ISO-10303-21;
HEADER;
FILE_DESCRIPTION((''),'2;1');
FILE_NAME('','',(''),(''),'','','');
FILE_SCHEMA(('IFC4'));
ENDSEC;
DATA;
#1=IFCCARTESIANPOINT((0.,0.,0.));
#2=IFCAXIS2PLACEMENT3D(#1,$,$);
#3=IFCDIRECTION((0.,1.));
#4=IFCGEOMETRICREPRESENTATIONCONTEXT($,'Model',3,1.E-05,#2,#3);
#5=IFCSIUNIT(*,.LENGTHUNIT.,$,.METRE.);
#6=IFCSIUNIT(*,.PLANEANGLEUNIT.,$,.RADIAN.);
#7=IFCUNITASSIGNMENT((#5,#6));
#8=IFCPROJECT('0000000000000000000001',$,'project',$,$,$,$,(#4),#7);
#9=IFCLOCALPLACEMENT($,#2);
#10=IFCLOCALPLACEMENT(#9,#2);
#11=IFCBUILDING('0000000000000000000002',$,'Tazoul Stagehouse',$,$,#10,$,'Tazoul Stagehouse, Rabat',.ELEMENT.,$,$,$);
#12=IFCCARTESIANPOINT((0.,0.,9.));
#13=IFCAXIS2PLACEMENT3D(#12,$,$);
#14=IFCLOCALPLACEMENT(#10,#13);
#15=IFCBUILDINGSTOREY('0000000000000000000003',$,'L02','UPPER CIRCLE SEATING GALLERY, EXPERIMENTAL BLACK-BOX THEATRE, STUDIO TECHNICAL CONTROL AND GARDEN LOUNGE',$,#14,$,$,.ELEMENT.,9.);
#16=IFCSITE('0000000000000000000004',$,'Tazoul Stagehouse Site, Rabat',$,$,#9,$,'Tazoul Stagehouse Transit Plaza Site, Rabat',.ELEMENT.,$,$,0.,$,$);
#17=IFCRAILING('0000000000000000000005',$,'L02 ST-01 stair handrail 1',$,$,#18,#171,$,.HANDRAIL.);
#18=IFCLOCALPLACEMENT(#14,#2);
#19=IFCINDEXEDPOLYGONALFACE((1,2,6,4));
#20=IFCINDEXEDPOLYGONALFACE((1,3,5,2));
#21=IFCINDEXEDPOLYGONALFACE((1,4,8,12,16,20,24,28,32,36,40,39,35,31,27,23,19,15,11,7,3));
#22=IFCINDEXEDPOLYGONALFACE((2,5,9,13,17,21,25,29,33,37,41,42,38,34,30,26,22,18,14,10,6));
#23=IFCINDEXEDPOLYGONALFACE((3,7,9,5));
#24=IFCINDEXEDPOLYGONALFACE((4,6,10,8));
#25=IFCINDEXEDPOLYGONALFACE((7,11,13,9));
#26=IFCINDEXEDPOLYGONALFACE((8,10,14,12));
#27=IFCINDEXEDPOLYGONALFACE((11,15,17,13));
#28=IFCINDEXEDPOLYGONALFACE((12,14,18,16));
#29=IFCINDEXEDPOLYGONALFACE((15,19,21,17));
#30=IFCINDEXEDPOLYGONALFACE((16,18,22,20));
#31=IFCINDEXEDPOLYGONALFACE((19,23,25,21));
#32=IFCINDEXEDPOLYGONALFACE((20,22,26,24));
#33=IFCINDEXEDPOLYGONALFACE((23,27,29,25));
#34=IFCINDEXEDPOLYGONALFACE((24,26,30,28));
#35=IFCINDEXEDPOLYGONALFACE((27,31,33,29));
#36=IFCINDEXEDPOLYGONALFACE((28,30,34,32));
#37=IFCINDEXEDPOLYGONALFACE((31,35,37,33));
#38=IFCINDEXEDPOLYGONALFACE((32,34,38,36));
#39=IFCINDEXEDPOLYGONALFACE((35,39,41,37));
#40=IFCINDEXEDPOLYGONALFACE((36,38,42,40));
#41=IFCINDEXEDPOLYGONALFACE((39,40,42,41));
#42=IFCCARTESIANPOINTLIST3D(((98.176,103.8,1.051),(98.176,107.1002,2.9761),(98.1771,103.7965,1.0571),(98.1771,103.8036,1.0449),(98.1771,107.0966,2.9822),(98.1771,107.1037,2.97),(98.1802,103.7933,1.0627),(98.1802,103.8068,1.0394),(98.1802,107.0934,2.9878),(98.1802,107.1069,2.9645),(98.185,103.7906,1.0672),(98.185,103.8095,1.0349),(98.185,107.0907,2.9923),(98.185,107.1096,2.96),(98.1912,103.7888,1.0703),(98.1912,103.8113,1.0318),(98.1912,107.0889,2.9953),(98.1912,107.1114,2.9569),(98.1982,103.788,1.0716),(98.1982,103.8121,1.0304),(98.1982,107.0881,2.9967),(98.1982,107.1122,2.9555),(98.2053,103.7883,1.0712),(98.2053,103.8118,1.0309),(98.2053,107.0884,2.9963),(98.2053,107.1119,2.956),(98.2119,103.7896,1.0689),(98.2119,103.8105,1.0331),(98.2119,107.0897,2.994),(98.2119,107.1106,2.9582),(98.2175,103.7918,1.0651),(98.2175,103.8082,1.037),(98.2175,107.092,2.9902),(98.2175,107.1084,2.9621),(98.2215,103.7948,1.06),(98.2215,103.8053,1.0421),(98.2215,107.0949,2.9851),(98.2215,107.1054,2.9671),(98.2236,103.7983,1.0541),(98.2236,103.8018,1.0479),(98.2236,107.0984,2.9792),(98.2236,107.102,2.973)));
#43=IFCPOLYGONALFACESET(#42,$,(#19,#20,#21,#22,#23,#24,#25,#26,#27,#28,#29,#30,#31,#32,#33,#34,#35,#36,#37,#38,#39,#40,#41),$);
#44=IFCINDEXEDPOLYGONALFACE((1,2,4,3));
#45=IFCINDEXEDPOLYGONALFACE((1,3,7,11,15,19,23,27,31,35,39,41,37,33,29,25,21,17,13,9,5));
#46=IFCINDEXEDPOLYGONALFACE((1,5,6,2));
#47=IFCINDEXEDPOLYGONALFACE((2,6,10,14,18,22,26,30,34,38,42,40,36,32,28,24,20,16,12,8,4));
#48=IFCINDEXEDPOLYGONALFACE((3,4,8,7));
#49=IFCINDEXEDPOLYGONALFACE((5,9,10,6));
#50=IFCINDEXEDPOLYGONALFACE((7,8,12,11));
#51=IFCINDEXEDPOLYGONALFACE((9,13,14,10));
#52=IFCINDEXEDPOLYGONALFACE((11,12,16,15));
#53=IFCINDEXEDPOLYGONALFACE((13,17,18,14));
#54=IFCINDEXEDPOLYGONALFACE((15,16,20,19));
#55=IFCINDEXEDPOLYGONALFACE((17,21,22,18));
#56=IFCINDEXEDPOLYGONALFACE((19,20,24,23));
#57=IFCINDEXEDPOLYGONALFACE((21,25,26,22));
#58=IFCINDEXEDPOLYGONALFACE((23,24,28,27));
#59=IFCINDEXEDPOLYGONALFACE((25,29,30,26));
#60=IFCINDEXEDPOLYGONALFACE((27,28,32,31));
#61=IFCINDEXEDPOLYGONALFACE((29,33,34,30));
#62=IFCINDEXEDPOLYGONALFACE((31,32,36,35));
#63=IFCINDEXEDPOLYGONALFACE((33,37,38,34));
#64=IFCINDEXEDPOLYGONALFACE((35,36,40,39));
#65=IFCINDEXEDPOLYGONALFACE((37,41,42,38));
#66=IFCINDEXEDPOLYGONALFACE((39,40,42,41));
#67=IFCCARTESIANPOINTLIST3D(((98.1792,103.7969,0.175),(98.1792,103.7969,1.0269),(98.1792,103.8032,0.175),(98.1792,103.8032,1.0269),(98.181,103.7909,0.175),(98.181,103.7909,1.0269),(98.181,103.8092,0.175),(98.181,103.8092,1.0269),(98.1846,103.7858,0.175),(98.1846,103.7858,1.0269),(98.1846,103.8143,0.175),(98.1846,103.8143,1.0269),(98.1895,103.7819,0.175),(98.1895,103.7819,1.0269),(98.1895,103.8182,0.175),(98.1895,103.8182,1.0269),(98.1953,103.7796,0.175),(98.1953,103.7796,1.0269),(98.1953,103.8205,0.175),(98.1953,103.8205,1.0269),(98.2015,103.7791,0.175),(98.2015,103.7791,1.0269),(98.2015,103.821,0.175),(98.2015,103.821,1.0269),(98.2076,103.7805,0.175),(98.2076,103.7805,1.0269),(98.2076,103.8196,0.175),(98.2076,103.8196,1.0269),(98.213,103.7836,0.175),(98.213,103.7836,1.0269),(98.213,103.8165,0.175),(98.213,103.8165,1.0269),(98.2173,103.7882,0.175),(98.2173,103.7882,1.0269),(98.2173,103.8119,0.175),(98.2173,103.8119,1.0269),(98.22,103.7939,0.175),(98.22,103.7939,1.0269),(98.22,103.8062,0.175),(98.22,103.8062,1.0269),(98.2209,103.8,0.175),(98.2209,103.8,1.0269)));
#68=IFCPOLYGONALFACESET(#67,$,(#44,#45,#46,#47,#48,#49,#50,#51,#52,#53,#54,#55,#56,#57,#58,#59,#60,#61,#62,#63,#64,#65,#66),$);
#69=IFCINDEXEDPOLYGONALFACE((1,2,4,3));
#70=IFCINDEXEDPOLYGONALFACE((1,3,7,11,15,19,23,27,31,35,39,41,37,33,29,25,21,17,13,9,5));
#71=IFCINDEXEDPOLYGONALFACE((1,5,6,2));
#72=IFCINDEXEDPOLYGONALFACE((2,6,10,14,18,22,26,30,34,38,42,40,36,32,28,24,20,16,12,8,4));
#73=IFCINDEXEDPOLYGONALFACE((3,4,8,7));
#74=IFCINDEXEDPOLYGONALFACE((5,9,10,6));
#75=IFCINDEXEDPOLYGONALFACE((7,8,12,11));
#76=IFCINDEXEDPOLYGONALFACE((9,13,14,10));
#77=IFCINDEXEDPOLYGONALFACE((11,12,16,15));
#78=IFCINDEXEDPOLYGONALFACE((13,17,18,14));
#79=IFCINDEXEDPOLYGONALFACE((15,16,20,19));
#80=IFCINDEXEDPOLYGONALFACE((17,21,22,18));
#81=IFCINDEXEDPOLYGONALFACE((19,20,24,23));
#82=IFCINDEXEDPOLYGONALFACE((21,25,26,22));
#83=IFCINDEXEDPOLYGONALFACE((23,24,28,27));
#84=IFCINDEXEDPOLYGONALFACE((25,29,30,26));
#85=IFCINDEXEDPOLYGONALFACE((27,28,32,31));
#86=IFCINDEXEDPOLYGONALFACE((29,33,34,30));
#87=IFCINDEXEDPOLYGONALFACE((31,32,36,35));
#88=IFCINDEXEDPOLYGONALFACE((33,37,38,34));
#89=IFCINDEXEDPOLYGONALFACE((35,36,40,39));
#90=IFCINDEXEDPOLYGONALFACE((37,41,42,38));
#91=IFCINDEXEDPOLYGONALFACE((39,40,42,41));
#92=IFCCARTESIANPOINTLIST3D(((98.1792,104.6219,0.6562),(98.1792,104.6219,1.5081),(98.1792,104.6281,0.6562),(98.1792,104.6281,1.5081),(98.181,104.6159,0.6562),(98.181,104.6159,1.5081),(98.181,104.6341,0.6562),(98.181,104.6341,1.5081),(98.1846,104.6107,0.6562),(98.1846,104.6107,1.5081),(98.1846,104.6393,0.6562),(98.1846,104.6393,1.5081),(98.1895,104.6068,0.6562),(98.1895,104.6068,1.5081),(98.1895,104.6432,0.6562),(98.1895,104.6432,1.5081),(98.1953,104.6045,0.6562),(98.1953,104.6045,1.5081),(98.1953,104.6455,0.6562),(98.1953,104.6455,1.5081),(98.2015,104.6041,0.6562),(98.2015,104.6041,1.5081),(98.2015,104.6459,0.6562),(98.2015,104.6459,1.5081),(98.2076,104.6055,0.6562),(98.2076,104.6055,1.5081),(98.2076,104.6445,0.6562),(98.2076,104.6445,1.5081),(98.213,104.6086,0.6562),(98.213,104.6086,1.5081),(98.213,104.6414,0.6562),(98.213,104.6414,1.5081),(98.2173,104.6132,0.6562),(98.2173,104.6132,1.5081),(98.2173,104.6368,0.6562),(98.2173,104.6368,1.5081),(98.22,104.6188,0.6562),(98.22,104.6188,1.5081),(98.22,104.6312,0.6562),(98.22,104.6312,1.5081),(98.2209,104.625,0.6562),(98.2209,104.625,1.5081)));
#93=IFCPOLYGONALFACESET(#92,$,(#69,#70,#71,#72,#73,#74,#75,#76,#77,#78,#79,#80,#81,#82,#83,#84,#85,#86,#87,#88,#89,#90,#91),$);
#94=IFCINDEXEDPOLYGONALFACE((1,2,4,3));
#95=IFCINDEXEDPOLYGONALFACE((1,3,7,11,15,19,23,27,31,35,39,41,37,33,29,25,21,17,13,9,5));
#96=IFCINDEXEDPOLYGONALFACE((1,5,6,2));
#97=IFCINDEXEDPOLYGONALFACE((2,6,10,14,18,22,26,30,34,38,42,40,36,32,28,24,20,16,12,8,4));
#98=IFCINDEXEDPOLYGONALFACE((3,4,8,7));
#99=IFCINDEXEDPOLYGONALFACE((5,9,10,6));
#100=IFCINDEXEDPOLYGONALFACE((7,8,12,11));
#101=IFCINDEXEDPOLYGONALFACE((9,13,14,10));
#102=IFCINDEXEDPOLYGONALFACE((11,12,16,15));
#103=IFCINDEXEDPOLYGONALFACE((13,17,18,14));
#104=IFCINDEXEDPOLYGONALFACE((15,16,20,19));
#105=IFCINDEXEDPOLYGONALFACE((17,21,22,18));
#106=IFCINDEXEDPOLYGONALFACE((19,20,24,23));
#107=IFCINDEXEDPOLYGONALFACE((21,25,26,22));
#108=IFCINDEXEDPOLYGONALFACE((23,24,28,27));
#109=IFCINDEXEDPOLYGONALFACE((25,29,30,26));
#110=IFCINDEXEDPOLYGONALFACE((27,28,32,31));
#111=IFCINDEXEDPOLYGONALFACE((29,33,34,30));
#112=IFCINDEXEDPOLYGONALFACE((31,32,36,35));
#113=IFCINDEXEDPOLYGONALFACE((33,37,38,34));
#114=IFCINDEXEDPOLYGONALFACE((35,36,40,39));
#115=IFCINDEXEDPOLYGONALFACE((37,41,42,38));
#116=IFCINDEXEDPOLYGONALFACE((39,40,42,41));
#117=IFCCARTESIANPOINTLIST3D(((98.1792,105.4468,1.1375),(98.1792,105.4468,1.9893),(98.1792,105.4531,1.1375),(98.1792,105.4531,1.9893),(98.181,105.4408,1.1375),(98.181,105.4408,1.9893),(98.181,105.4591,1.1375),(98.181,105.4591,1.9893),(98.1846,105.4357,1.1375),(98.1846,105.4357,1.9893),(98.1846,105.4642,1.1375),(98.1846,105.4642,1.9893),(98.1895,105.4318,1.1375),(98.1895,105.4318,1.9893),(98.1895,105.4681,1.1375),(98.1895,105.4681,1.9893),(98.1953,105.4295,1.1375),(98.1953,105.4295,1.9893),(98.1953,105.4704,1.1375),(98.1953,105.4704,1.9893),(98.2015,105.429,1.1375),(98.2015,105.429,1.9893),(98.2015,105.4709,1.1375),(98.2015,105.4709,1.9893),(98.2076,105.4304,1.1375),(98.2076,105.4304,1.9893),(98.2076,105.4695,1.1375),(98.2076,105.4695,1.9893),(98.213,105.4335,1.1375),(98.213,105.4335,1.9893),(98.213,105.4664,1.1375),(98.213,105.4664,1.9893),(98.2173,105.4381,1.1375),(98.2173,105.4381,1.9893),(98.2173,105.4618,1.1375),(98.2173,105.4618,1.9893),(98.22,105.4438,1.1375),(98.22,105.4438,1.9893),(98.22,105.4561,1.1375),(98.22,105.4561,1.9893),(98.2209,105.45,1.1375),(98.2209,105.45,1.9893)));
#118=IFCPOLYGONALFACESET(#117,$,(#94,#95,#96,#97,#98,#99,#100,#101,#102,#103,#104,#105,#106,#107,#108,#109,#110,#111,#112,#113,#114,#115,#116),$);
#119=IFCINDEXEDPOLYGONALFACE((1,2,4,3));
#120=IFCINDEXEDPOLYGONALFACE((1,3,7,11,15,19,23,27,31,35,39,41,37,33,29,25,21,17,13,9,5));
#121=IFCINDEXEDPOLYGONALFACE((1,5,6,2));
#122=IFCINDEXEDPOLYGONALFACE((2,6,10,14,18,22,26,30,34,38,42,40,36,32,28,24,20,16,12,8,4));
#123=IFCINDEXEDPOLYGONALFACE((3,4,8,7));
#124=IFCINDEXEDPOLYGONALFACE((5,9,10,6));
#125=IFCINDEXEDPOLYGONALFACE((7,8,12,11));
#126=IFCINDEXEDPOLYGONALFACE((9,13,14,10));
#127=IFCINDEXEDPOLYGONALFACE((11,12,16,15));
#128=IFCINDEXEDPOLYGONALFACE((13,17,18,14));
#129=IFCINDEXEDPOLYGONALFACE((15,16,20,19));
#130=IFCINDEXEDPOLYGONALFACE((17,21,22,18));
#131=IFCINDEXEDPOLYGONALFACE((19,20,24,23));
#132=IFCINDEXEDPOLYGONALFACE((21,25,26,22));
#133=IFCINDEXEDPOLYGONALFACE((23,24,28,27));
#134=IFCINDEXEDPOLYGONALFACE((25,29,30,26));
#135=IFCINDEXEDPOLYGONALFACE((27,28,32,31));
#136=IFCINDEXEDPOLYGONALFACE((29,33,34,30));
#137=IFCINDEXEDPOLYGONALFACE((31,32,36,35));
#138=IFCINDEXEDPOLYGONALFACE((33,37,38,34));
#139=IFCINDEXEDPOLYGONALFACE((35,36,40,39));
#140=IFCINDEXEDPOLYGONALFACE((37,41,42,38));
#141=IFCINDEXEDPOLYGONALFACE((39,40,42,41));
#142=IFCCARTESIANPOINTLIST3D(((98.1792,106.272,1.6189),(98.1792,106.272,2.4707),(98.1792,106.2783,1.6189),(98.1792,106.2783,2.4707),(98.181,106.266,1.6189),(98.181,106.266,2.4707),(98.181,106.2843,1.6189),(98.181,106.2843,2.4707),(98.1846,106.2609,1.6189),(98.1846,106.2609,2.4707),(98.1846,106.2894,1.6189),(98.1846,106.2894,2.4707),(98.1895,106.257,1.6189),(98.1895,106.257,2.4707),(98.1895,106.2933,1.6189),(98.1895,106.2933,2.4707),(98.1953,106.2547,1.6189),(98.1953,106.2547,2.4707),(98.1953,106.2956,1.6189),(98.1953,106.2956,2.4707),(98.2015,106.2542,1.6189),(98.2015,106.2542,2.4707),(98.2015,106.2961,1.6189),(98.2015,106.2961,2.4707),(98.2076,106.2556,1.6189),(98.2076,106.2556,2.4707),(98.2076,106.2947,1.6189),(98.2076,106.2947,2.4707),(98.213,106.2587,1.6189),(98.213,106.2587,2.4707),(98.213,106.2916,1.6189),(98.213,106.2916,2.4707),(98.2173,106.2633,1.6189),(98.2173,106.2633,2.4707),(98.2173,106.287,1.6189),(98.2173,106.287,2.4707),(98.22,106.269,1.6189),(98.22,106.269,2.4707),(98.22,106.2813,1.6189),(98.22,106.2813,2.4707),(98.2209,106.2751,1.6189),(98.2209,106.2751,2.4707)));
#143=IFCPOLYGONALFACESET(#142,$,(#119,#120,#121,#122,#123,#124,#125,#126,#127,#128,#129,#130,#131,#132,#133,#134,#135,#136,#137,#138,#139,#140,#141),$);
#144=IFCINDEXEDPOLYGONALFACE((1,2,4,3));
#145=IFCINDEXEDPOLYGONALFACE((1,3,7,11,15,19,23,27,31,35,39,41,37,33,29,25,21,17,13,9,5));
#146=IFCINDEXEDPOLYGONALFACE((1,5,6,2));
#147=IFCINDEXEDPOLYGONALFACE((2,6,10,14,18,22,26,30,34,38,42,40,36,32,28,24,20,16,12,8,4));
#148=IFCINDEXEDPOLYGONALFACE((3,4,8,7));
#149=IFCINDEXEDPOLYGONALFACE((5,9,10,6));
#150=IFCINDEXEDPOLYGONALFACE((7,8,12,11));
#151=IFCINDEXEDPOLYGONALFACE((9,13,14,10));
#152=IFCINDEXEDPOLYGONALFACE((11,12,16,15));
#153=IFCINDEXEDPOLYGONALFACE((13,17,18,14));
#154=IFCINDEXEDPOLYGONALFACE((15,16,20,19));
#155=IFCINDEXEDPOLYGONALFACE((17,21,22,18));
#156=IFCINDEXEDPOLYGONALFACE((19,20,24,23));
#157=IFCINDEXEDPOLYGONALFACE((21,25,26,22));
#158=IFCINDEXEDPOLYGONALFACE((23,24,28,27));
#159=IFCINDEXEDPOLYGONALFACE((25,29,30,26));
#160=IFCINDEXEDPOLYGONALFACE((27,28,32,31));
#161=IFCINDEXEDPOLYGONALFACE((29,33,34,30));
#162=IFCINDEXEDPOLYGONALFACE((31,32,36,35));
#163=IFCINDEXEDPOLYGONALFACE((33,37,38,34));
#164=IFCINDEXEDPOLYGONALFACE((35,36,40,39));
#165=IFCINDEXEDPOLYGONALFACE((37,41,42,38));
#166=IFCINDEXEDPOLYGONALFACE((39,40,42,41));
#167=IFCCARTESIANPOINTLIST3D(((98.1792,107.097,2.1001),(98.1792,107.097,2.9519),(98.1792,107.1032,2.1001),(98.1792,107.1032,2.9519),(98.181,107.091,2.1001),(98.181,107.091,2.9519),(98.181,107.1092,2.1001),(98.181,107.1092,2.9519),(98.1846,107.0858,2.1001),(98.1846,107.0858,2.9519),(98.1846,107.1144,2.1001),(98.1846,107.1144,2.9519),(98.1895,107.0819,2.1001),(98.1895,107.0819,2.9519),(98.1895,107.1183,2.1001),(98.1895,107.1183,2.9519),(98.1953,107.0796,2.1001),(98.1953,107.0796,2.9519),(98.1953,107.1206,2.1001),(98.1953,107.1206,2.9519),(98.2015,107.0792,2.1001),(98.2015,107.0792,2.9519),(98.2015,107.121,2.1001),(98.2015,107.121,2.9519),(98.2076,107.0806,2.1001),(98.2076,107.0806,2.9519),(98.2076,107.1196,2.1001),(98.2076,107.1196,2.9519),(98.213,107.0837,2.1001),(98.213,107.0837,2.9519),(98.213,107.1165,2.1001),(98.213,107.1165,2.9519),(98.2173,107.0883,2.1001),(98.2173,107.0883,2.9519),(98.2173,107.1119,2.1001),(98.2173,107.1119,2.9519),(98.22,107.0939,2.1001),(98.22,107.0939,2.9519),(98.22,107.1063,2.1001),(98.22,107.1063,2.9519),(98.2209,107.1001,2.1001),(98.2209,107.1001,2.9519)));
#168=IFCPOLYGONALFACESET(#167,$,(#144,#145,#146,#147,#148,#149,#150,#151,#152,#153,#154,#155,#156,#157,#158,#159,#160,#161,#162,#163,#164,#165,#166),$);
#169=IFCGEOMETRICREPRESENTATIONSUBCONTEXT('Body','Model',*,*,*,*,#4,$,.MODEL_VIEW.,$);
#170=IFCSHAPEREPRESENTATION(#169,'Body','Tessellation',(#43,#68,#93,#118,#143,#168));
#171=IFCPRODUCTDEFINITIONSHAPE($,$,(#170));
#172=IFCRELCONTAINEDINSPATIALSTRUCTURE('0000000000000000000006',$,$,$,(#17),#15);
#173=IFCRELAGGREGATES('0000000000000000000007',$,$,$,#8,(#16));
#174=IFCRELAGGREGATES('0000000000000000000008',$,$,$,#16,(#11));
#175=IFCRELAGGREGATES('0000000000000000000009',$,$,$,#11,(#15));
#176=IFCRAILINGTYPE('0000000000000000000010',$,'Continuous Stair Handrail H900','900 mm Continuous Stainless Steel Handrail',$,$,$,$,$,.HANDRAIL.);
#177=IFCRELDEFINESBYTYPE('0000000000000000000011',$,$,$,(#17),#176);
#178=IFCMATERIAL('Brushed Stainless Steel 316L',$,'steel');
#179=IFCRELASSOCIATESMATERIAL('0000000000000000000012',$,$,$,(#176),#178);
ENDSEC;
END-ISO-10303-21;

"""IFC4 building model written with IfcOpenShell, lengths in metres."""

from ifc_helpers import new_model, si_unit, direction, frame, origin, origin_2d, place, context, subcontext, project, spatial, circle, extrude, material, material_profile, profile_set, type_object, element, save


model = new_model("IFC4")

# Units and contexts
model_context = context("Model", 3, precision=1e-05, world=origin(), true_north=direction((0.0, 1.0)))
body_context = subcontext(model_context, "Body", "Model", "MODEL_VIEW")
ifc_project = project(units=[si_unit("LENGTHUNIT", "METRE"), si_unit("PLANEANGLEUNIT", "RADIAN")], contexts=[model_context])

# Site, building, storey
site_placement = place(None, origin())
site = spatial("IfcSite", under=ifc_project, at=site_placement, Name="Tazoul Stagehouse Site, Rabat", LongName="Tazoul Stagehouse Transit Plaza Site, Rabat", CompositionType="ELEMENT", RefElevation=0.0)
building_placement = place(site_placement, origin())
building = spatial("IfcBuilding", under=site, at=building_placement, Name="Tazoul Stagehouse", LongName="Tazoul Stagehouse, Rabat", CompositionType="ELEMENT")
storey_placement = place(building_placement, frame((0.0, 0.0, 9.0)))
storey = spatial("IfcBuildingStorey", under=building, at=storey_placement, Name="L02", Description="UPPER CIRCLE SEATING GALLERY, EXPERIMENTAL BLACK-BOX THEATRE, STUDIO TECHNICAL CONTROL AND GARDEN LOUNGE", CompositionType="ELEMENT", Elevation=9.0)

# Railing
ifc_material_1 = material(Name="Brushed Stainless Steel 316L", Category="steel")
ifc_material_profile_1 = material_profile(ifc_material_1, circle(Radius=0.021, at=origin_2d()), Name="SS HANDRAIL D42")
ifc_profile_set_1 = profile_set([ifc_material_profile_1], Name="Brushed Stainless Steel 316L")
railing_type_1 = type_object("IfcRailingType", Name="Continuous Stair Handrail H900", Description="900 mm Continuous Stainless Steel Handrail", PredefinedType="HANDRAIL", material=ifc_profile_set_1)
railing_1_placement = place(storey_placement, frame((98.2, 103.8, 0.175)))
element("IfcRailing", 1, at=railing_1_placement, inside=storey, type_object=railing_type_1, Name="L02 ST-01 stair handrail 1", PredefinedType="HANDRAIL", context=body_context, shape_type="SweptSolid", body=[
    extrude(circle(Radius=0.0239, at=origin_2d()), frame((0.0, 0.0, 0.876), z_axis=(0.0, 0.863777, 0.503875), x_axis=(-1.0, 0.0, 0.0)), (0.0, 0.0, 1.0), 3.8206),
    extrude(circle(Radius=0.021, at=origin_2d()), origin(), (0.0, 0.0, 1.0), 0.8518),
    extrude(circle(Radius=0.021, at=origin_2d()), frame((0.0, 0.825, 0.4812)), (0.0, 0.0, 1.0), 0.8518),
    extrude(circle(Radius=0.021, at=origin_2d()), frame((0.0, 1.6499, 0.9624)), (0.0, 0.0, 1.0), 0.8518),
    extrude(circle(Radius=0.021, at=origin_2d()), frame((0.0, 2.4751, 1.4438)), (0.0, 0.0, 1.0), 0.8518),
    extrude(circle(Radius=0.021, at=origin_2d()), frame((0.0, 3.3, 1.925)), (0.0, 0.0, 1.0), 0.8518),
])

save(model, "model.ifc")
